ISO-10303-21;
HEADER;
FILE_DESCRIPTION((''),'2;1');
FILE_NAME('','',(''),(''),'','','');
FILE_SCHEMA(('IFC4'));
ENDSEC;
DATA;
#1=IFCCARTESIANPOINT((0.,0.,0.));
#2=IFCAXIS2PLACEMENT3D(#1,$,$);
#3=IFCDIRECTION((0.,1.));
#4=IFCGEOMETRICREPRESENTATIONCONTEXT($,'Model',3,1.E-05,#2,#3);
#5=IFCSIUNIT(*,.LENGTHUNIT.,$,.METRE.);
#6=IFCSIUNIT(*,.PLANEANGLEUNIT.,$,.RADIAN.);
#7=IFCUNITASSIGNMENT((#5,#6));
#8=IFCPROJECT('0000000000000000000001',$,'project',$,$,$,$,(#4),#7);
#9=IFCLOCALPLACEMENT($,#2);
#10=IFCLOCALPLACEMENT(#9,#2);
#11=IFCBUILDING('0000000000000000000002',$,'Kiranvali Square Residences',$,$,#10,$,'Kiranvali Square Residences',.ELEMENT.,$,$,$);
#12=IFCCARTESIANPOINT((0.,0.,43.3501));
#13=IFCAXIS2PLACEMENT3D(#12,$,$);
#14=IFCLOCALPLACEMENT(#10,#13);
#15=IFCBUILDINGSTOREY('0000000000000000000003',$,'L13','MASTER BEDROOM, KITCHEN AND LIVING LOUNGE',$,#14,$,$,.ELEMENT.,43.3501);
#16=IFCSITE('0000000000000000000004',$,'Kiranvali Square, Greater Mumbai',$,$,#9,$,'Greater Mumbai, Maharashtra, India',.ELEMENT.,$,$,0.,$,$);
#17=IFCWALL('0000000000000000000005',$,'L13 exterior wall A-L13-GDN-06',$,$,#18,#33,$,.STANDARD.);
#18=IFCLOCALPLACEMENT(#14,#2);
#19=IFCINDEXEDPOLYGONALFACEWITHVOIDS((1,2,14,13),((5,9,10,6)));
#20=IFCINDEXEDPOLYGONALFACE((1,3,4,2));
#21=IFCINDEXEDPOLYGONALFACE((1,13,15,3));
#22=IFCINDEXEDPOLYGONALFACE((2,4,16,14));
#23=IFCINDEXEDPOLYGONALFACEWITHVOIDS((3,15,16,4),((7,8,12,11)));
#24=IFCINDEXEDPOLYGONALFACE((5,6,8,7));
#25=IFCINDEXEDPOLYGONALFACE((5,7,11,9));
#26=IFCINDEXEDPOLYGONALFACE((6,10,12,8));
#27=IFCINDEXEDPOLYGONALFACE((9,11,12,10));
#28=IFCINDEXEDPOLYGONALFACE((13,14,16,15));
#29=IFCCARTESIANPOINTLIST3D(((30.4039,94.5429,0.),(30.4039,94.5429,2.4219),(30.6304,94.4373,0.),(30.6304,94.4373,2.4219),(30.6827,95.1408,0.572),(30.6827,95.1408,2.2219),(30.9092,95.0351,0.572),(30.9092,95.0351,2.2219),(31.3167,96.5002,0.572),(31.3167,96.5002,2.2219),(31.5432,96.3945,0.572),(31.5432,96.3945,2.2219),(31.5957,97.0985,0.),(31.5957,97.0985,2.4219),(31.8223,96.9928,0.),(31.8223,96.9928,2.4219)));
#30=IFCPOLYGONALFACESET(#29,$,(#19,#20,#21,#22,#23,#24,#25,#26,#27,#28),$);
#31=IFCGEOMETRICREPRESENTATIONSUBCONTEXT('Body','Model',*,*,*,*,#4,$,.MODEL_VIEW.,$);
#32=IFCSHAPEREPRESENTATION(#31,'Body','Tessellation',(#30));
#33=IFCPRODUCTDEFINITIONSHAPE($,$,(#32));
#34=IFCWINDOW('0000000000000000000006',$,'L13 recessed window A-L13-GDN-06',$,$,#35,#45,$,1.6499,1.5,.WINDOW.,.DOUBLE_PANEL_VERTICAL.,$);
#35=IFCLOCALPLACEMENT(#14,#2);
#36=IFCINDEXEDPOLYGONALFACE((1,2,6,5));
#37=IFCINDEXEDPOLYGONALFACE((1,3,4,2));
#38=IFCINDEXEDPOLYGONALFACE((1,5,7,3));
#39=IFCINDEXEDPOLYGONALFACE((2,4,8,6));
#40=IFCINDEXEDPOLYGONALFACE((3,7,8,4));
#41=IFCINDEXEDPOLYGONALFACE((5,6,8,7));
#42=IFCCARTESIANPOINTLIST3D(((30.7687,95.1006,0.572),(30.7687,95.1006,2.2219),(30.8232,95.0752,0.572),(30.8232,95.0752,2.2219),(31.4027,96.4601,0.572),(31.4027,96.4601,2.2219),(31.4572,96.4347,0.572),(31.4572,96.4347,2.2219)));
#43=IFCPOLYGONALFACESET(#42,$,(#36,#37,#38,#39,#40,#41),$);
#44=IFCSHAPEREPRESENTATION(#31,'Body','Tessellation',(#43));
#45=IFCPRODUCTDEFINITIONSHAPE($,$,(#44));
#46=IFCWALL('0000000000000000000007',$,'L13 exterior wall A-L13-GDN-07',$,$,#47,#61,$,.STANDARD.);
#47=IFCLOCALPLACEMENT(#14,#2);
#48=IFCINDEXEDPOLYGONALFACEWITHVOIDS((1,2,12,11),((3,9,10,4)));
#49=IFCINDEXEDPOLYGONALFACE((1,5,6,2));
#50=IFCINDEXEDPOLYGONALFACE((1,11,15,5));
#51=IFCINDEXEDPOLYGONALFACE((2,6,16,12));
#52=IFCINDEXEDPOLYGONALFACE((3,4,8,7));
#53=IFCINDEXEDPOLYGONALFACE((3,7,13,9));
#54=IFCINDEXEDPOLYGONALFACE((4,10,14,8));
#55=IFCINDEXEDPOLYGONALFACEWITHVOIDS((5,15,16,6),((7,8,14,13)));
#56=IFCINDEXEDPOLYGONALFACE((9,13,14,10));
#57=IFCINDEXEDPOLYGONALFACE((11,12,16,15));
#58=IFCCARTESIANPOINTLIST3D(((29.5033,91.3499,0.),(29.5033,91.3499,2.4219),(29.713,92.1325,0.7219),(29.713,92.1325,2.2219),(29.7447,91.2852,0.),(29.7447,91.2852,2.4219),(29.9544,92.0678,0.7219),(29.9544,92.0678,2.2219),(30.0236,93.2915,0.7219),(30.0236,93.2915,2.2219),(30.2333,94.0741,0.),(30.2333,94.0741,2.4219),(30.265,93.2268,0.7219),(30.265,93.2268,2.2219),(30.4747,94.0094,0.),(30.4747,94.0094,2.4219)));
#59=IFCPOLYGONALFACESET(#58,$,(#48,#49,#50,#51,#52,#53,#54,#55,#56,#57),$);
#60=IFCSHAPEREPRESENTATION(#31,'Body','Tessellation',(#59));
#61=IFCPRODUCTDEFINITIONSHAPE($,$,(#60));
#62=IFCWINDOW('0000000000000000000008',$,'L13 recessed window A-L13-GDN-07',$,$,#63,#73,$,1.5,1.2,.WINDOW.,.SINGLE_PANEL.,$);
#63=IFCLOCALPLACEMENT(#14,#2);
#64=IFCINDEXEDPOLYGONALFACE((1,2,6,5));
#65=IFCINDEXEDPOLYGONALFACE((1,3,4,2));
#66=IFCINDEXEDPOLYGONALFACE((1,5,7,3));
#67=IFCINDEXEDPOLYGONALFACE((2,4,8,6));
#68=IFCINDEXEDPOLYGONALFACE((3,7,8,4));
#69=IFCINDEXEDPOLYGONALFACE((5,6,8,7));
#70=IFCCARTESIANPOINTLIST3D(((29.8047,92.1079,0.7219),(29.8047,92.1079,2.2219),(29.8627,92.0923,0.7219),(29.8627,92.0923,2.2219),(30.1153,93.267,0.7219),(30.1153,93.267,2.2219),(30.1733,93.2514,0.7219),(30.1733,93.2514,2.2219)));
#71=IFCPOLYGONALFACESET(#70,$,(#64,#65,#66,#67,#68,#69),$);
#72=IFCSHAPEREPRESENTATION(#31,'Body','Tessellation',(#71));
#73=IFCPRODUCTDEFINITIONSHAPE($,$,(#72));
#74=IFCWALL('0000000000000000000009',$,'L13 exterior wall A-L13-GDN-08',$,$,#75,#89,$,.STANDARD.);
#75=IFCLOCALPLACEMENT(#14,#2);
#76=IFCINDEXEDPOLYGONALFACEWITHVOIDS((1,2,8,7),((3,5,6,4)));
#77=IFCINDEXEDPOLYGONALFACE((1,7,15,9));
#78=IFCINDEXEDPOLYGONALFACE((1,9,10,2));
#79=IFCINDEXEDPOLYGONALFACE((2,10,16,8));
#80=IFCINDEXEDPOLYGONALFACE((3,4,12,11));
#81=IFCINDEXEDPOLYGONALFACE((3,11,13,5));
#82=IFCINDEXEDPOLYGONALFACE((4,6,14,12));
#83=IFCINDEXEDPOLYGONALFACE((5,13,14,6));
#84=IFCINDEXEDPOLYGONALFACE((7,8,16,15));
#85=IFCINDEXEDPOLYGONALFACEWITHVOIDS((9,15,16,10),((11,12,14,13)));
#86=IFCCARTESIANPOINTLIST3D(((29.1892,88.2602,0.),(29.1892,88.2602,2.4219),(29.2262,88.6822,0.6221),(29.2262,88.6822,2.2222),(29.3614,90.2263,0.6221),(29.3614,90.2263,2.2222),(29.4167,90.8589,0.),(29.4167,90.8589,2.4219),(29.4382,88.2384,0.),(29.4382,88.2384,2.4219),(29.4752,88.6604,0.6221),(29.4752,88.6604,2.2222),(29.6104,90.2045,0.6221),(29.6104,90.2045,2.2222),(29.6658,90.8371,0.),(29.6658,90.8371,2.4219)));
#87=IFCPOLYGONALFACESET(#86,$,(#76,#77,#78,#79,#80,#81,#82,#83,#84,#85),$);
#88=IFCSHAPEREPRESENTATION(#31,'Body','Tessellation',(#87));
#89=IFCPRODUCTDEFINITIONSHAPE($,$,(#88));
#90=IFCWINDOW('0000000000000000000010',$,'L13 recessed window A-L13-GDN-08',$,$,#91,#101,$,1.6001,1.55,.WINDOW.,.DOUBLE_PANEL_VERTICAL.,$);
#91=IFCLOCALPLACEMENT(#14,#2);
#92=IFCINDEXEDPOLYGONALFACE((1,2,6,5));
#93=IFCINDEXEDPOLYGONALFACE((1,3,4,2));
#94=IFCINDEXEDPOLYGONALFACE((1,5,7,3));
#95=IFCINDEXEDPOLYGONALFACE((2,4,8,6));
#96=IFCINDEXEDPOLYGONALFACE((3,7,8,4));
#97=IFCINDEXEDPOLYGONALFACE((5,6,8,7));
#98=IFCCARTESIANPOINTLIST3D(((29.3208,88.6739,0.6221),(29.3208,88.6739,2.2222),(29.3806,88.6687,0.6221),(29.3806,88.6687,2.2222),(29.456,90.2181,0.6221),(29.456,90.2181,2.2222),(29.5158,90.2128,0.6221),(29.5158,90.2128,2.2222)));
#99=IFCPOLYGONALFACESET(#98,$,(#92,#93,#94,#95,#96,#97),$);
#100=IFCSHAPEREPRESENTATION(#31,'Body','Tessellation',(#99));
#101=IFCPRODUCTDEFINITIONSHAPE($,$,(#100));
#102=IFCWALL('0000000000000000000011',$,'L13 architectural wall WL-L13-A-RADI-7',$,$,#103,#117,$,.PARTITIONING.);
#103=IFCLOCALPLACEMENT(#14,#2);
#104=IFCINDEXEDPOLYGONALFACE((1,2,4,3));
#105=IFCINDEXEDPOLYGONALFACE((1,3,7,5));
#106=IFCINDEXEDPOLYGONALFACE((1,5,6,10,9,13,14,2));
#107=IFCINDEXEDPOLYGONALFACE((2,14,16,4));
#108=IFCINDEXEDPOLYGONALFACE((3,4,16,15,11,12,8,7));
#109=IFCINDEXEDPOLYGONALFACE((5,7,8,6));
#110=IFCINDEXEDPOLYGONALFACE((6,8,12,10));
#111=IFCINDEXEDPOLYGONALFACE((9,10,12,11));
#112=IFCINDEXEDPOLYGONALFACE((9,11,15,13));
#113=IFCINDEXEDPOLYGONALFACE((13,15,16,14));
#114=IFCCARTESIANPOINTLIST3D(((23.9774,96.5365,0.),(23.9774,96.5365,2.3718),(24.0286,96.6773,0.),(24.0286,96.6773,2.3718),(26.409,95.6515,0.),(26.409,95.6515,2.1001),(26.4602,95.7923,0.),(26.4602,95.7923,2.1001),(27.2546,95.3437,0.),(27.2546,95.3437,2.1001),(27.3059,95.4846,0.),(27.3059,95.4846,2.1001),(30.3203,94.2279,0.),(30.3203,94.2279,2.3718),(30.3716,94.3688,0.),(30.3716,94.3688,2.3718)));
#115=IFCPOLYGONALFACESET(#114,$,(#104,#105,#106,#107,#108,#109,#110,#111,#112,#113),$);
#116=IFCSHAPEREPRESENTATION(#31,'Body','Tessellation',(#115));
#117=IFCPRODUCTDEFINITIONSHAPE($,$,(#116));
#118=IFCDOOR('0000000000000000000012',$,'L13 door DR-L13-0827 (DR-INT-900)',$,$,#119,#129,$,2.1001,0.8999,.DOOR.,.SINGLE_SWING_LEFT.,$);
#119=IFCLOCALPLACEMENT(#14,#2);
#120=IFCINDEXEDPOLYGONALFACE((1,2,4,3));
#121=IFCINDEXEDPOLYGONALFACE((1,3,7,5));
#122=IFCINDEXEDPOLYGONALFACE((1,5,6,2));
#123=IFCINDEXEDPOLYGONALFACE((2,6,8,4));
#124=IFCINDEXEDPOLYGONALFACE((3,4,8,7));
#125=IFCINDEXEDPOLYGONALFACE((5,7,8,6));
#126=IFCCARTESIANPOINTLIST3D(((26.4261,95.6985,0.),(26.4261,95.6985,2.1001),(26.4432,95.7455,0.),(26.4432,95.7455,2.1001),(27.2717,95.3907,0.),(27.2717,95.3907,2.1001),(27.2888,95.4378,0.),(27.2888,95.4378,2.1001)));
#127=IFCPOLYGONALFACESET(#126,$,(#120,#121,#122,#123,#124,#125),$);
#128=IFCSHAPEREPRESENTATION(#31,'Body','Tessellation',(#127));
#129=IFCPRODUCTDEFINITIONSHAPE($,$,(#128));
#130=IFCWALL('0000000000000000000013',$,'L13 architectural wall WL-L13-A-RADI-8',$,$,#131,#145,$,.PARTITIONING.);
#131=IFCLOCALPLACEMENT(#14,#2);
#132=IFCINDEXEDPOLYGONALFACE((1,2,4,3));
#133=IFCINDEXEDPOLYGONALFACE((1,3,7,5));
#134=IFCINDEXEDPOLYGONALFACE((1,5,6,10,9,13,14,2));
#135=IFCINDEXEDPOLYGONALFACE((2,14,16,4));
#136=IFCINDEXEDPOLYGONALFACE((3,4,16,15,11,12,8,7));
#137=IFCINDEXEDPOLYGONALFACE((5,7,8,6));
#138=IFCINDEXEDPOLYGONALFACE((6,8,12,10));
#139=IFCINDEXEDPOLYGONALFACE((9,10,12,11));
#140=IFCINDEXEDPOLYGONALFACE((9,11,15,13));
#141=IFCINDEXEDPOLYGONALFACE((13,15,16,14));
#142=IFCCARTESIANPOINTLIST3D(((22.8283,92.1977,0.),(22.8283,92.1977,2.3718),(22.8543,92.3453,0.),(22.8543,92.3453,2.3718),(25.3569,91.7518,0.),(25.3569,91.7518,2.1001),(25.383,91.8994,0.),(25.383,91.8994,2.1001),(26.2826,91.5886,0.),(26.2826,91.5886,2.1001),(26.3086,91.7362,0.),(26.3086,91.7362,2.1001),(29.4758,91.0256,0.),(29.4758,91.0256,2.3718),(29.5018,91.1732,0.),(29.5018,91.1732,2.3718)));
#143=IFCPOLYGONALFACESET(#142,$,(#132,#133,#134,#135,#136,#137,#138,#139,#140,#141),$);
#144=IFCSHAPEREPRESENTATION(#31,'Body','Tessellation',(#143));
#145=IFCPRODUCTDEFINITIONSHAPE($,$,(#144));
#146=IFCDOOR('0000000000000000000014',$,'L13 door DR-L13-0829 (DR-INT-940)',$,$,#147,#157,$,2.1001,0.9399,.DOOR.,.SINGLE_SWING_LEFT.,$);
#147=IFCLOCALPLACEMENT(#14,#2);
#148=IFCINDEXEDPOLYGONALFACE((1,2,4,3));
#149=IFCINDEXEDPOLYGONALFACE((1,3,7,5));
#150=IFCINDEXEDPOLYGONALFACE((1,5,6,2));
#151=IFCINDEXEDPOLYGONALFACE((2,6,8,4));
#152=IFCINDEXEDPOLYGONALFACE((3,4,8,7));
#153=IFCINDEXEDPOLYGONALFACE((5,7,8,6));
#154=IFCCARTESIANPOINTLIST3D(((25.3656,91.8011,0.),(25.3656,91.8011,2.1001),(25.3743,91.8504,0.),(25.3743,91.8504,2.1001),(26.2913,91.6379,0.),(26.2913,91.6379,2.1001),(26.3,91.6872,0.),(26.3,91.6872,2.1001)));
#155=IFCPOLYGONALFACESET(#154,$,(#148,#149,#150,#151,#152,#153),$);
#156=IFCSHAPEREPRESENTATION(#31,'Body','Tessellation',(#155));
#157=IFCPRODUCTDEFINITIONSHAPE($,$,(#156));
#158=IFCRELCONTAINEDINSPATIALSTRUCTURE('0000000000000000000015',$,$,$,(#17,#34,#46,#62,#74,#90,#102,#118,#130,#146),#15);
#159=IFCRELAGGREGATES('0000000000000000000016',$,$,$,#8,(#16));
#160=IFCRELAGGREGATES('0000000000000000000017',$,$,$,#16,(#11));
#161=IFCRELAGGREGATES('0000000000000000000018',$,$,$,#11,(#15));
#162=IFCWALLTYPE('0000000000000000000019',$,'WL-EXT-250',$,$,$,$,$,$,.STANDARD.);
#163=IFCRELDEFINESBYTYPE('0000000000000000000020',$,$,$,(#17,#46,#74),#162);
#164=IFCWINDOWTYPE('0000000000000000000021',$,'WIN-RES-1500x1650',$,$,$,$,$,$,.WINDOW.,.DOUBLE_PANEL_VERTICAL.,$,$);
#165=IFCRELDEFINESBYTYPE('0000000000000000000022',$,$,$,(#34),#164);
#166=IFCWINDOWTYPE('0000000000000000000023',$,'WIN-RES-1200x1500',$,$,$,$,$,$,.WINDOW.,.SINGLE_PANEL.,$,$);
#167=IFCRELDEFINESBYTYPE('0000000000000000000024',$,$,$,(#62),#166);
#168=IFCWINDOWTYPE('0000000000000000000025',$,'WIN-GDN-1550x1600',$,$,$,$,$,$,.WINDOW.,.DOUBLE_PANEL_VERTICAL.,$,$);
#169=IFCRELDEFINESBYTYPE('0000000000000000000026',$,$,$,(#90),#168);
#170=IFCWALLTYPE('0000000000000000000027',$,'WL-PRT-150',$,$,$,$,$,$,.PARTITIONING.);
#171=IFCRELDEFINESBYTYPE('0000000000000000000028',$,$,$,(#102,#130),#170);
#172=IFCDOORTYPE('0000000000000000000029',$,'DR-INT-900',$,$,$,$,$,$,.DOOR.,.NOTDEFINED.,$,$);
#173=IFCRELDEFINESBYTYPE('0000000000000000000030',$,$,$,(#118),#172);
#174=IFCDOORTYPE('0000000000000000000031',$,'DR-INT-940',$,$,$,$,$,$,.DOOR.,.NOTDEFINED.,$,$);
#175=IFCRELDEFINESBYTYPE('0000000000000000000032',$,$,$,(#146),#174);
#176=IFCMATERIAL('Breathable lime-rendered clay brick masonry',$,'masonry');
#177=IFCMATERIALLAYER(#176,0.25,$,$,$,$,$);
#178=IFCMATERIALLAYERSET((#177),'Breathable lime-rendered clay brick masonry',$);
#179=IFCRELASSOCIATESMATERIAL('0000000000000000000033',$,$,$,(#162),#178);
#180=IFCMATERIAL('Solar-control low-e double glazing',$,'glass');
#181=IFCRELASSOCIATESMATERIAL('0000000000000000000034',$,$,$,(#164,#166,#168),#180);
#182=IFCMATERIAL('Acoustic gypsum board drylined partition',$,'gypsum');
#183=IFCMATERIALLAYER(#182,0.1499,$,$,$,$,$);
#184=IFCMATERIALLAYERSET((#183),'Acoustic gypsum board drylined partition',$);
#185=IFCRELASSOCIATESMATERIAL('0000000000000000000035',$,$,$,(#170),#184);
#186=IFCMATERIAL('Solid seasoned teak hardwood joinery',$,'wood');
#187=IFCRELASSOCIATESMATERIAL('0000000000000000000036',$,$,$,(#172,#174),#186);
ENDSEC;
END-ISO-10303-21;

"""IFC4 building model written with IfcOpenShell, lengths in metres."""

from ifc_helpers import new_model, si_unit, direction, frame, frame_2d, origin, place, context, subcontext, project, spatial, rectangle, extrude, material, layer, layer_set, type_object, element, fill, save


model = new_model("IFC4")

# Units and contexts
model_context = context("Model", 3, precision=1e-05, world=origin(), true_north=direction((0.0, 1.0)))
body_context = subcontext(model_context, "Body", "Model", "MODEL_VIEW")
ifc_project = project(units=[si_unit("LENGTHUNIT", "METRE"), si_unit("PLANEANGLEUNIT", "RADIAN")], contexts=[model_context])

# Site, building, storey
site_placement = place(None, origin())
site = spatial("IfcSite", under=ifc_project, at=site_placement, Name="Kiranvali Square, Greater Mumbai", LongName="Greater Mumbai, Maharashtra, India", CompositionType="ELEMENT", RefElevation=0.0)
building_placement = place(site_placement, origin())
building = spatial("IfcBuilding", under=site, at=building_placement, Name="Kiranvali Square Residences", LongName="Kiranvali Square Residences", CompositionType="ELEMENT")
storey_placement = place(building_placement, frame((0.0, 0.0, 43.3501)))
storey = spatial("IfcBuildingStorey", under=building, at=storey_placement, Name="L13", Description="MASTER BEDROOM, KITCHEN AND LIVING LOUNGE", CompositionType="ELEMENT", Elevation=43.3501)

# Shared definitions
ifc_material_1 = material(Name="Breathable lime-rendered clay brick masonry", Category="masonry")
ifc_layer_1 = layer(ifc_material_1, 0.25)
ifc_layer_set_1 = layer_set([ifc_layer_1], Name="Breathable lime-rendered clay brick masonry")
wall_type_1 = type_object("IfcWallType", Name="WL-EXT-250", PredefinedType="STANDARD", material=ifc_layer_set_1)

# Walls, openings, windows
wall_1_placement = place(storey_placement, frame((31.709, 97.0457, 0.0), z_axis=(0.0, 0.0, 1.0), x_axis=(-0.422667, -0.906285, 0.0)))
wall_1 = element("IfcWall", 1, at=wall_1_placement, inside=storey, type_object=wall_type_1, Name="L13 exterior wall A-L13-GDN-06", PredefinedType="STANDARD", context=body_context, shape_type="SweptSolid", body=[
    extrude(rectangle(XDim=2.8198, YDim=0.25, at=frame_2d((1.4099, 0.0))), origin(), (0.0, 0.0, 1.0), 2.4219),
])
opening_1_placement = place(wall_1_placement, frame((0.6602, 0.0, 0.572)))
opening_1 = element("IfcOpeningElement", 2, at=opening_1_placement, cuts=wall_1, PredefinedType="OPENING", context=body_context, shape_type="SweptSolid", body=[
    extrude(rectangle(XDim=1.5, YDim=1.6499, at=frame_2d((0.75, 0.825))), frame((0.0, 0.135, 0.0), z_axis=(0.0, -1.0, 0.0), x_axis=(1.0, 0.0, 0.0)), (0.0, 0.0, 1.0), 0.27),
])
ifc_material_2 = material(Name="Solar-control low-e double glazing", Category="glass")
window_type_1 = type_object("IfcWindowType", Name="WIN-RES-1500x1650", PartitioningType="DOUBLE_PANEL_VERTICAL", PredefinedType="WINDOW", material=ifc_material_2)
window_1_placement = place(opening_1_placement, origin())
window_1 = element("IfcWindow", 3, at=window_1_placement, inside=storey, type_object=window_type_1, Name="L13 recessed window A-L13-GDN-06", OverallHeight=1.6499, OverallWidth=1.5, PartitioningType="DOUBLE_PANEL_VERTICAL", PredefinedType="WINDOW", context=body_context, shape_type="SweptSolid", body=[
    extrude(rectangle(XDim=1.5, YDim=1.6499, at=frame_2d((0.75, 0.825))), frame((0.0, 0.03, 0.0), z_axis=(0.0, -1.0, 0.0), x_axis=(1.0, 0.0, 0.0)), (0.0, 0.0, 1.0), 0.0601),
])
fill(opening_1, window_1)
wall_2_placement = place(storey_placement, frame((30.354, 94.0417, 0.0), z_axis=(0.0, 0.0, 1.0), x_axis=(-0.258837, -0.965921, 0.0)))
wall_2 = element("IfcWall", 4, at=wall_2_placement, inside=storey, type_object=wall_type_1, Name="L13 exterior wall A-L13-GDN-07", PredefinedType="STANDARD", context=body_context, shape_type="SweptSolid", body=[
    extrude(rectangle(XDim=2.8203, YDim=0.25, at=frame_2d((1.4102, 0.0))), origin(), (0.0, 0.0, 1.0), 2.4219),
])
opening_2_placement = place(wall_2_placement, frame((0.8101, 0.0, 0.7219)))
opening_2 = element("IfcOpeningElement", 5, at=opening_2_placement, cuts=wall_2, PredefinedType="OPENING", context=body_context, shape_type="SweptSolid", body=[
    extrude(rectangle(XDim=1.2, YDim=1.5, at=frame_2d((0.6001, 0.75))), frame((0.0, 0.135, 0.0), z_axis=(0.0, -1.0, 0.0), x_axis=(1.0, 0.0, 0.0)), (0.0, 0.0, 1.0), 0.27),
])
window_type_2 = type_object("IfcWindowType", Name="WIN-RES-1200x1500", PartitioningType="SINGLE_PANEL", PredefinedType="WINDOW", material=ifc_material_2)
window_2_placement = place(opening_2_placement, origin())
window_2 = element("IfcWindow", 6, at=window_2_placement, inside=storey, type_object=window_type_2, Name="L13 recessed window A-L13-GDN-07", OverallHeight=1.5, OverallWidth=1.2, PartitioningType="SINGLE_PANEL", PredefinedType="WINDOW", context=body_context, shape_type="SweptSolid", body=[
    extrude(rectangle(XDim=1.2, YDim=1.5, at=frame_2d((0.6001, 0.75))), frame((0.0, 0.03, 0.0), z_axis=(0.0, -1.0, 0.0), x_axis=(1.0, 0.0, 0.0)), (0.0, 0.0, 1.0), 0.0601),
])
fill(opening_2, window_2)
wall_3_placement = place(storey_placement, frame((29.5413, 90.8479, 0.0), z_axis=(0.0, 0.0, 1.0), x_axis=(-0.087227, -0.996188, 0.0)))
wall_3 = element("IfcWall", 7, at=wall_3_placement, inside=storey, type_object=wall_type_1, Name="L13 exterior wall A-L13-GDN-08", PredefinedType="STANDARD", context=body_context, shape_type="SweptSolid", body=[
    extrude(rectangle(XDim=2.6086, YDim=0.25, at=frame_2d((1.3042, 0.0))), origin(), (0.0, 0.0, 1.0), 2.4219),
])
opening_3_placement = place(wall_3_placement, frame((0.635, 0.0, 0.6221)))
opening_3 = element("IfcOpeningElement", 8, at=opening_3_placement, cuts=wall_3, PredefinedType="OPENING", context=body_context, shape_type="SweptSolid", body=[
    extrude(rectangle(XDim=1.55, YDim=1.6001, at=frame_2d((0.7749, 0.8))), frame((0.0, 0.135, 0.0), z_axis=(0.0, -1.0, 0.0), x_axis=(1.0, 0.0, 0.0)), (0.0, 0.0, 1.0), 0.27),
])
window_type_3 = type_object("IfcWindowType", Name="WIN-GDN-1550x1600", PartitioningType="DOUBLE_PANEL_VERTICAL", PredefinedType="WINDOW", material=ifc_material_2)
window_3_placement = place(opening_3_placement, origin())
window_3 = element("IfcWindow", 9, at=window_3_placement, inside=storey, type_object=window_type_3, Name="L13 recessed window A-L13-GDN-08", OverallHeight=1.6001, OverallWidth=1.55, PartitioningType="DOUBLE_PANEL_VERTICAL", PredefinedType="WINDOW", context=body_context, shape_type="SweptSolid", body=[
    extrude(rectangle(XDim=1.55, YDim=1.6001, at=frame_2d((0.7749, 0.8))), frame((0.0, 0.03, 0.0), z_axis=(0.0, -1.0, 0.0), x_axis=(1.0, 0.0, 0.0)), (0.0, 0.0, 1.0), 0.0601),
])
fill(opening_3, window_3)

# Walls, openings, doors
ifc_material_3 = material(Name="Acoustic gypsum board drylined partition", Category="gypsum")
ifc_layer_2 = layer(ifc_material_3, 0.1499)
ifc_layer_set_2 = layer_set([ifc_layer_2], Name="Acoustic gypsum board drylined partition")
wall_type_2 = type_object("IfcWallType", Name="WL-PRT-150", PredefinedType="PARTITIONING", material=ifc_layer_set_2)
wall_4_placement = place(storey_placement, frame((30.3459, 94.2983, 0.0), z_axis=(0.0, 0.0, 1.0), x_axis=(-0.939696, 0.34201, 0.0)))
wall_4 = element("IfcWall", 10, at=wall_4_placement, inside=storey, type_object=wall_type_2, Name="L13 architectural wall WL-L13-A-RADI-7", PredefinedType="PARTITIONING", context=body_context, shape_type="SweptSolid", body=[
    extrude(rectangle(XDim=6.75, YDim=0.1499, at=frame_2d((3.375, 0.0))), origin(), (0.0, 0.0, 1.0), 2.3718),
])
opening_4_placement = place(wall_4_placement, frame((3.2625, 0.0, 0.0)))
opening_4 = element("IfcOpeningElement", 11, at=opening_4_placement, cuts=wall_4, PredefinedType="OPENING", context=body_context, shape_type="SweptSolid", body=[
    extrude(rectangle(XDim=0.8999, YDim=2.1001, at=frame_2d((0.45, 1.05))), frame((0.0, 0.085, 0.0), z_axis=(0.0, -1.0, 0.0), x_axis=(1.0, 0.0, 0.0)), (0.0, 0.0, 1.0), 0.1699),
])
ifc_material_4 = material(Name="Solid seasoned teak hardwood joinery", Category="wood")
door_type_1 = type_object("IfcDoorType", Name="DR-INT-900", OperationType="NOTDEFINED", PredefinedType="DOOR", material=ifc_material_4)
door_1_placement = place(opening_4_placement, origin())
door_1 = element("IfcDoor", 12, at=door_1_placement, inside=storey, type_object=door_type_1, Name="L13 door DR-L13-0827 (DR-INT-900)", OperationType="SINGLE_SWING_LEFT", OverallHeight=2.1001, OverallWidth=0.8999, PredefinedType="DOOR", context=body_context, shape_type="SweptSolid", body=[
    extrude(rectangle(XDim=0.8999, YDim=2.1001, at=frame_2d((0.45, 1.05))), frame((0.0, 0.0249, 0.0), z_axis=(0.0, -1.0, 0.0), x_axis=(1.0, 0.0, 0.0)), (0.0, 0.0, 1.0), 0.05),
])
fill(opening_4, door_1)
wall_5_placement = place(storey_placement, frame((29.4888, 91.0994, 0.0), z_axis=(0.0, 0.0, 1.0), x_axis=(-0.984808, 0.173647, 0.0)))
wall_5 = element("IfcWall", 13, at=wall_5_placement, inside=storey, type_object=wall_type_2, Name="L13 architectural wall WL-L13-A-RADI-8", PredefinedType="PARTITIONING", context=body_context, shape_type="SweptSolid", body=[
    extrude(rectangle(XDim=6.75, YDim=0.1499, at=frame_2d((3.375, 0.0))), origin(), (0.0, 0.0, 1.0), 2.3718),
])
opening_5_placement = place(wall_5_placement, frame((3.2424, 0.0, 0.0)))
opening_5 = element("IfcOpeningElement", 14, at=opening_5_placement, cuts=wall_5, PredefinedType="OPENING", context=body_context, shape_type="SweptSolid", body=[
    extrude(rectangle(XDim=0.9399, YDim=2.1001, at=frame_2d((0.47, 1.05))), frame((0.0, 0.085, 0.0), z_axis=(0.0, -1.0, 0.0), x_axis=(1.0, 0.0, 0.0)), (0.0, 0.0, 1.0), 0.1699),
])
door_type_2 = type_object("IfcDoorType", Name="DR-INT-940", OperationType="NOTDEFINED", PredefinedType="DOOR", material=ifc_material_4)
door_2_placement = place(opening_5_placement, origin())
door_2 = element("IfcDoor", 15, at=door_2_placement, inside=storey, type_object=door_type_2, Name="L13 door DR-L13-0829 (DR-INT-940)", OperationType="SINGLE_SWING_LEFT", OverallHeight=2.1001, OverallWidth=0.9399, PredefinedType="DOOR", context=body_context, shape_type="SweptSolid", body=[
    extrude(rectangle(XDim=0.9399, YDim=2.1001, at=frame_2d((0.47, 1.05))), frame((0.0, 0.0249, 0.0), z_axis=(0.0, -1.0, 0.0), x_axis=(1.0, 0.0, 0.0)), (0.0, 0.0, 1.0), 0.05),
])
fill(opening_5, door_2)

save(model, "model.ifc")
